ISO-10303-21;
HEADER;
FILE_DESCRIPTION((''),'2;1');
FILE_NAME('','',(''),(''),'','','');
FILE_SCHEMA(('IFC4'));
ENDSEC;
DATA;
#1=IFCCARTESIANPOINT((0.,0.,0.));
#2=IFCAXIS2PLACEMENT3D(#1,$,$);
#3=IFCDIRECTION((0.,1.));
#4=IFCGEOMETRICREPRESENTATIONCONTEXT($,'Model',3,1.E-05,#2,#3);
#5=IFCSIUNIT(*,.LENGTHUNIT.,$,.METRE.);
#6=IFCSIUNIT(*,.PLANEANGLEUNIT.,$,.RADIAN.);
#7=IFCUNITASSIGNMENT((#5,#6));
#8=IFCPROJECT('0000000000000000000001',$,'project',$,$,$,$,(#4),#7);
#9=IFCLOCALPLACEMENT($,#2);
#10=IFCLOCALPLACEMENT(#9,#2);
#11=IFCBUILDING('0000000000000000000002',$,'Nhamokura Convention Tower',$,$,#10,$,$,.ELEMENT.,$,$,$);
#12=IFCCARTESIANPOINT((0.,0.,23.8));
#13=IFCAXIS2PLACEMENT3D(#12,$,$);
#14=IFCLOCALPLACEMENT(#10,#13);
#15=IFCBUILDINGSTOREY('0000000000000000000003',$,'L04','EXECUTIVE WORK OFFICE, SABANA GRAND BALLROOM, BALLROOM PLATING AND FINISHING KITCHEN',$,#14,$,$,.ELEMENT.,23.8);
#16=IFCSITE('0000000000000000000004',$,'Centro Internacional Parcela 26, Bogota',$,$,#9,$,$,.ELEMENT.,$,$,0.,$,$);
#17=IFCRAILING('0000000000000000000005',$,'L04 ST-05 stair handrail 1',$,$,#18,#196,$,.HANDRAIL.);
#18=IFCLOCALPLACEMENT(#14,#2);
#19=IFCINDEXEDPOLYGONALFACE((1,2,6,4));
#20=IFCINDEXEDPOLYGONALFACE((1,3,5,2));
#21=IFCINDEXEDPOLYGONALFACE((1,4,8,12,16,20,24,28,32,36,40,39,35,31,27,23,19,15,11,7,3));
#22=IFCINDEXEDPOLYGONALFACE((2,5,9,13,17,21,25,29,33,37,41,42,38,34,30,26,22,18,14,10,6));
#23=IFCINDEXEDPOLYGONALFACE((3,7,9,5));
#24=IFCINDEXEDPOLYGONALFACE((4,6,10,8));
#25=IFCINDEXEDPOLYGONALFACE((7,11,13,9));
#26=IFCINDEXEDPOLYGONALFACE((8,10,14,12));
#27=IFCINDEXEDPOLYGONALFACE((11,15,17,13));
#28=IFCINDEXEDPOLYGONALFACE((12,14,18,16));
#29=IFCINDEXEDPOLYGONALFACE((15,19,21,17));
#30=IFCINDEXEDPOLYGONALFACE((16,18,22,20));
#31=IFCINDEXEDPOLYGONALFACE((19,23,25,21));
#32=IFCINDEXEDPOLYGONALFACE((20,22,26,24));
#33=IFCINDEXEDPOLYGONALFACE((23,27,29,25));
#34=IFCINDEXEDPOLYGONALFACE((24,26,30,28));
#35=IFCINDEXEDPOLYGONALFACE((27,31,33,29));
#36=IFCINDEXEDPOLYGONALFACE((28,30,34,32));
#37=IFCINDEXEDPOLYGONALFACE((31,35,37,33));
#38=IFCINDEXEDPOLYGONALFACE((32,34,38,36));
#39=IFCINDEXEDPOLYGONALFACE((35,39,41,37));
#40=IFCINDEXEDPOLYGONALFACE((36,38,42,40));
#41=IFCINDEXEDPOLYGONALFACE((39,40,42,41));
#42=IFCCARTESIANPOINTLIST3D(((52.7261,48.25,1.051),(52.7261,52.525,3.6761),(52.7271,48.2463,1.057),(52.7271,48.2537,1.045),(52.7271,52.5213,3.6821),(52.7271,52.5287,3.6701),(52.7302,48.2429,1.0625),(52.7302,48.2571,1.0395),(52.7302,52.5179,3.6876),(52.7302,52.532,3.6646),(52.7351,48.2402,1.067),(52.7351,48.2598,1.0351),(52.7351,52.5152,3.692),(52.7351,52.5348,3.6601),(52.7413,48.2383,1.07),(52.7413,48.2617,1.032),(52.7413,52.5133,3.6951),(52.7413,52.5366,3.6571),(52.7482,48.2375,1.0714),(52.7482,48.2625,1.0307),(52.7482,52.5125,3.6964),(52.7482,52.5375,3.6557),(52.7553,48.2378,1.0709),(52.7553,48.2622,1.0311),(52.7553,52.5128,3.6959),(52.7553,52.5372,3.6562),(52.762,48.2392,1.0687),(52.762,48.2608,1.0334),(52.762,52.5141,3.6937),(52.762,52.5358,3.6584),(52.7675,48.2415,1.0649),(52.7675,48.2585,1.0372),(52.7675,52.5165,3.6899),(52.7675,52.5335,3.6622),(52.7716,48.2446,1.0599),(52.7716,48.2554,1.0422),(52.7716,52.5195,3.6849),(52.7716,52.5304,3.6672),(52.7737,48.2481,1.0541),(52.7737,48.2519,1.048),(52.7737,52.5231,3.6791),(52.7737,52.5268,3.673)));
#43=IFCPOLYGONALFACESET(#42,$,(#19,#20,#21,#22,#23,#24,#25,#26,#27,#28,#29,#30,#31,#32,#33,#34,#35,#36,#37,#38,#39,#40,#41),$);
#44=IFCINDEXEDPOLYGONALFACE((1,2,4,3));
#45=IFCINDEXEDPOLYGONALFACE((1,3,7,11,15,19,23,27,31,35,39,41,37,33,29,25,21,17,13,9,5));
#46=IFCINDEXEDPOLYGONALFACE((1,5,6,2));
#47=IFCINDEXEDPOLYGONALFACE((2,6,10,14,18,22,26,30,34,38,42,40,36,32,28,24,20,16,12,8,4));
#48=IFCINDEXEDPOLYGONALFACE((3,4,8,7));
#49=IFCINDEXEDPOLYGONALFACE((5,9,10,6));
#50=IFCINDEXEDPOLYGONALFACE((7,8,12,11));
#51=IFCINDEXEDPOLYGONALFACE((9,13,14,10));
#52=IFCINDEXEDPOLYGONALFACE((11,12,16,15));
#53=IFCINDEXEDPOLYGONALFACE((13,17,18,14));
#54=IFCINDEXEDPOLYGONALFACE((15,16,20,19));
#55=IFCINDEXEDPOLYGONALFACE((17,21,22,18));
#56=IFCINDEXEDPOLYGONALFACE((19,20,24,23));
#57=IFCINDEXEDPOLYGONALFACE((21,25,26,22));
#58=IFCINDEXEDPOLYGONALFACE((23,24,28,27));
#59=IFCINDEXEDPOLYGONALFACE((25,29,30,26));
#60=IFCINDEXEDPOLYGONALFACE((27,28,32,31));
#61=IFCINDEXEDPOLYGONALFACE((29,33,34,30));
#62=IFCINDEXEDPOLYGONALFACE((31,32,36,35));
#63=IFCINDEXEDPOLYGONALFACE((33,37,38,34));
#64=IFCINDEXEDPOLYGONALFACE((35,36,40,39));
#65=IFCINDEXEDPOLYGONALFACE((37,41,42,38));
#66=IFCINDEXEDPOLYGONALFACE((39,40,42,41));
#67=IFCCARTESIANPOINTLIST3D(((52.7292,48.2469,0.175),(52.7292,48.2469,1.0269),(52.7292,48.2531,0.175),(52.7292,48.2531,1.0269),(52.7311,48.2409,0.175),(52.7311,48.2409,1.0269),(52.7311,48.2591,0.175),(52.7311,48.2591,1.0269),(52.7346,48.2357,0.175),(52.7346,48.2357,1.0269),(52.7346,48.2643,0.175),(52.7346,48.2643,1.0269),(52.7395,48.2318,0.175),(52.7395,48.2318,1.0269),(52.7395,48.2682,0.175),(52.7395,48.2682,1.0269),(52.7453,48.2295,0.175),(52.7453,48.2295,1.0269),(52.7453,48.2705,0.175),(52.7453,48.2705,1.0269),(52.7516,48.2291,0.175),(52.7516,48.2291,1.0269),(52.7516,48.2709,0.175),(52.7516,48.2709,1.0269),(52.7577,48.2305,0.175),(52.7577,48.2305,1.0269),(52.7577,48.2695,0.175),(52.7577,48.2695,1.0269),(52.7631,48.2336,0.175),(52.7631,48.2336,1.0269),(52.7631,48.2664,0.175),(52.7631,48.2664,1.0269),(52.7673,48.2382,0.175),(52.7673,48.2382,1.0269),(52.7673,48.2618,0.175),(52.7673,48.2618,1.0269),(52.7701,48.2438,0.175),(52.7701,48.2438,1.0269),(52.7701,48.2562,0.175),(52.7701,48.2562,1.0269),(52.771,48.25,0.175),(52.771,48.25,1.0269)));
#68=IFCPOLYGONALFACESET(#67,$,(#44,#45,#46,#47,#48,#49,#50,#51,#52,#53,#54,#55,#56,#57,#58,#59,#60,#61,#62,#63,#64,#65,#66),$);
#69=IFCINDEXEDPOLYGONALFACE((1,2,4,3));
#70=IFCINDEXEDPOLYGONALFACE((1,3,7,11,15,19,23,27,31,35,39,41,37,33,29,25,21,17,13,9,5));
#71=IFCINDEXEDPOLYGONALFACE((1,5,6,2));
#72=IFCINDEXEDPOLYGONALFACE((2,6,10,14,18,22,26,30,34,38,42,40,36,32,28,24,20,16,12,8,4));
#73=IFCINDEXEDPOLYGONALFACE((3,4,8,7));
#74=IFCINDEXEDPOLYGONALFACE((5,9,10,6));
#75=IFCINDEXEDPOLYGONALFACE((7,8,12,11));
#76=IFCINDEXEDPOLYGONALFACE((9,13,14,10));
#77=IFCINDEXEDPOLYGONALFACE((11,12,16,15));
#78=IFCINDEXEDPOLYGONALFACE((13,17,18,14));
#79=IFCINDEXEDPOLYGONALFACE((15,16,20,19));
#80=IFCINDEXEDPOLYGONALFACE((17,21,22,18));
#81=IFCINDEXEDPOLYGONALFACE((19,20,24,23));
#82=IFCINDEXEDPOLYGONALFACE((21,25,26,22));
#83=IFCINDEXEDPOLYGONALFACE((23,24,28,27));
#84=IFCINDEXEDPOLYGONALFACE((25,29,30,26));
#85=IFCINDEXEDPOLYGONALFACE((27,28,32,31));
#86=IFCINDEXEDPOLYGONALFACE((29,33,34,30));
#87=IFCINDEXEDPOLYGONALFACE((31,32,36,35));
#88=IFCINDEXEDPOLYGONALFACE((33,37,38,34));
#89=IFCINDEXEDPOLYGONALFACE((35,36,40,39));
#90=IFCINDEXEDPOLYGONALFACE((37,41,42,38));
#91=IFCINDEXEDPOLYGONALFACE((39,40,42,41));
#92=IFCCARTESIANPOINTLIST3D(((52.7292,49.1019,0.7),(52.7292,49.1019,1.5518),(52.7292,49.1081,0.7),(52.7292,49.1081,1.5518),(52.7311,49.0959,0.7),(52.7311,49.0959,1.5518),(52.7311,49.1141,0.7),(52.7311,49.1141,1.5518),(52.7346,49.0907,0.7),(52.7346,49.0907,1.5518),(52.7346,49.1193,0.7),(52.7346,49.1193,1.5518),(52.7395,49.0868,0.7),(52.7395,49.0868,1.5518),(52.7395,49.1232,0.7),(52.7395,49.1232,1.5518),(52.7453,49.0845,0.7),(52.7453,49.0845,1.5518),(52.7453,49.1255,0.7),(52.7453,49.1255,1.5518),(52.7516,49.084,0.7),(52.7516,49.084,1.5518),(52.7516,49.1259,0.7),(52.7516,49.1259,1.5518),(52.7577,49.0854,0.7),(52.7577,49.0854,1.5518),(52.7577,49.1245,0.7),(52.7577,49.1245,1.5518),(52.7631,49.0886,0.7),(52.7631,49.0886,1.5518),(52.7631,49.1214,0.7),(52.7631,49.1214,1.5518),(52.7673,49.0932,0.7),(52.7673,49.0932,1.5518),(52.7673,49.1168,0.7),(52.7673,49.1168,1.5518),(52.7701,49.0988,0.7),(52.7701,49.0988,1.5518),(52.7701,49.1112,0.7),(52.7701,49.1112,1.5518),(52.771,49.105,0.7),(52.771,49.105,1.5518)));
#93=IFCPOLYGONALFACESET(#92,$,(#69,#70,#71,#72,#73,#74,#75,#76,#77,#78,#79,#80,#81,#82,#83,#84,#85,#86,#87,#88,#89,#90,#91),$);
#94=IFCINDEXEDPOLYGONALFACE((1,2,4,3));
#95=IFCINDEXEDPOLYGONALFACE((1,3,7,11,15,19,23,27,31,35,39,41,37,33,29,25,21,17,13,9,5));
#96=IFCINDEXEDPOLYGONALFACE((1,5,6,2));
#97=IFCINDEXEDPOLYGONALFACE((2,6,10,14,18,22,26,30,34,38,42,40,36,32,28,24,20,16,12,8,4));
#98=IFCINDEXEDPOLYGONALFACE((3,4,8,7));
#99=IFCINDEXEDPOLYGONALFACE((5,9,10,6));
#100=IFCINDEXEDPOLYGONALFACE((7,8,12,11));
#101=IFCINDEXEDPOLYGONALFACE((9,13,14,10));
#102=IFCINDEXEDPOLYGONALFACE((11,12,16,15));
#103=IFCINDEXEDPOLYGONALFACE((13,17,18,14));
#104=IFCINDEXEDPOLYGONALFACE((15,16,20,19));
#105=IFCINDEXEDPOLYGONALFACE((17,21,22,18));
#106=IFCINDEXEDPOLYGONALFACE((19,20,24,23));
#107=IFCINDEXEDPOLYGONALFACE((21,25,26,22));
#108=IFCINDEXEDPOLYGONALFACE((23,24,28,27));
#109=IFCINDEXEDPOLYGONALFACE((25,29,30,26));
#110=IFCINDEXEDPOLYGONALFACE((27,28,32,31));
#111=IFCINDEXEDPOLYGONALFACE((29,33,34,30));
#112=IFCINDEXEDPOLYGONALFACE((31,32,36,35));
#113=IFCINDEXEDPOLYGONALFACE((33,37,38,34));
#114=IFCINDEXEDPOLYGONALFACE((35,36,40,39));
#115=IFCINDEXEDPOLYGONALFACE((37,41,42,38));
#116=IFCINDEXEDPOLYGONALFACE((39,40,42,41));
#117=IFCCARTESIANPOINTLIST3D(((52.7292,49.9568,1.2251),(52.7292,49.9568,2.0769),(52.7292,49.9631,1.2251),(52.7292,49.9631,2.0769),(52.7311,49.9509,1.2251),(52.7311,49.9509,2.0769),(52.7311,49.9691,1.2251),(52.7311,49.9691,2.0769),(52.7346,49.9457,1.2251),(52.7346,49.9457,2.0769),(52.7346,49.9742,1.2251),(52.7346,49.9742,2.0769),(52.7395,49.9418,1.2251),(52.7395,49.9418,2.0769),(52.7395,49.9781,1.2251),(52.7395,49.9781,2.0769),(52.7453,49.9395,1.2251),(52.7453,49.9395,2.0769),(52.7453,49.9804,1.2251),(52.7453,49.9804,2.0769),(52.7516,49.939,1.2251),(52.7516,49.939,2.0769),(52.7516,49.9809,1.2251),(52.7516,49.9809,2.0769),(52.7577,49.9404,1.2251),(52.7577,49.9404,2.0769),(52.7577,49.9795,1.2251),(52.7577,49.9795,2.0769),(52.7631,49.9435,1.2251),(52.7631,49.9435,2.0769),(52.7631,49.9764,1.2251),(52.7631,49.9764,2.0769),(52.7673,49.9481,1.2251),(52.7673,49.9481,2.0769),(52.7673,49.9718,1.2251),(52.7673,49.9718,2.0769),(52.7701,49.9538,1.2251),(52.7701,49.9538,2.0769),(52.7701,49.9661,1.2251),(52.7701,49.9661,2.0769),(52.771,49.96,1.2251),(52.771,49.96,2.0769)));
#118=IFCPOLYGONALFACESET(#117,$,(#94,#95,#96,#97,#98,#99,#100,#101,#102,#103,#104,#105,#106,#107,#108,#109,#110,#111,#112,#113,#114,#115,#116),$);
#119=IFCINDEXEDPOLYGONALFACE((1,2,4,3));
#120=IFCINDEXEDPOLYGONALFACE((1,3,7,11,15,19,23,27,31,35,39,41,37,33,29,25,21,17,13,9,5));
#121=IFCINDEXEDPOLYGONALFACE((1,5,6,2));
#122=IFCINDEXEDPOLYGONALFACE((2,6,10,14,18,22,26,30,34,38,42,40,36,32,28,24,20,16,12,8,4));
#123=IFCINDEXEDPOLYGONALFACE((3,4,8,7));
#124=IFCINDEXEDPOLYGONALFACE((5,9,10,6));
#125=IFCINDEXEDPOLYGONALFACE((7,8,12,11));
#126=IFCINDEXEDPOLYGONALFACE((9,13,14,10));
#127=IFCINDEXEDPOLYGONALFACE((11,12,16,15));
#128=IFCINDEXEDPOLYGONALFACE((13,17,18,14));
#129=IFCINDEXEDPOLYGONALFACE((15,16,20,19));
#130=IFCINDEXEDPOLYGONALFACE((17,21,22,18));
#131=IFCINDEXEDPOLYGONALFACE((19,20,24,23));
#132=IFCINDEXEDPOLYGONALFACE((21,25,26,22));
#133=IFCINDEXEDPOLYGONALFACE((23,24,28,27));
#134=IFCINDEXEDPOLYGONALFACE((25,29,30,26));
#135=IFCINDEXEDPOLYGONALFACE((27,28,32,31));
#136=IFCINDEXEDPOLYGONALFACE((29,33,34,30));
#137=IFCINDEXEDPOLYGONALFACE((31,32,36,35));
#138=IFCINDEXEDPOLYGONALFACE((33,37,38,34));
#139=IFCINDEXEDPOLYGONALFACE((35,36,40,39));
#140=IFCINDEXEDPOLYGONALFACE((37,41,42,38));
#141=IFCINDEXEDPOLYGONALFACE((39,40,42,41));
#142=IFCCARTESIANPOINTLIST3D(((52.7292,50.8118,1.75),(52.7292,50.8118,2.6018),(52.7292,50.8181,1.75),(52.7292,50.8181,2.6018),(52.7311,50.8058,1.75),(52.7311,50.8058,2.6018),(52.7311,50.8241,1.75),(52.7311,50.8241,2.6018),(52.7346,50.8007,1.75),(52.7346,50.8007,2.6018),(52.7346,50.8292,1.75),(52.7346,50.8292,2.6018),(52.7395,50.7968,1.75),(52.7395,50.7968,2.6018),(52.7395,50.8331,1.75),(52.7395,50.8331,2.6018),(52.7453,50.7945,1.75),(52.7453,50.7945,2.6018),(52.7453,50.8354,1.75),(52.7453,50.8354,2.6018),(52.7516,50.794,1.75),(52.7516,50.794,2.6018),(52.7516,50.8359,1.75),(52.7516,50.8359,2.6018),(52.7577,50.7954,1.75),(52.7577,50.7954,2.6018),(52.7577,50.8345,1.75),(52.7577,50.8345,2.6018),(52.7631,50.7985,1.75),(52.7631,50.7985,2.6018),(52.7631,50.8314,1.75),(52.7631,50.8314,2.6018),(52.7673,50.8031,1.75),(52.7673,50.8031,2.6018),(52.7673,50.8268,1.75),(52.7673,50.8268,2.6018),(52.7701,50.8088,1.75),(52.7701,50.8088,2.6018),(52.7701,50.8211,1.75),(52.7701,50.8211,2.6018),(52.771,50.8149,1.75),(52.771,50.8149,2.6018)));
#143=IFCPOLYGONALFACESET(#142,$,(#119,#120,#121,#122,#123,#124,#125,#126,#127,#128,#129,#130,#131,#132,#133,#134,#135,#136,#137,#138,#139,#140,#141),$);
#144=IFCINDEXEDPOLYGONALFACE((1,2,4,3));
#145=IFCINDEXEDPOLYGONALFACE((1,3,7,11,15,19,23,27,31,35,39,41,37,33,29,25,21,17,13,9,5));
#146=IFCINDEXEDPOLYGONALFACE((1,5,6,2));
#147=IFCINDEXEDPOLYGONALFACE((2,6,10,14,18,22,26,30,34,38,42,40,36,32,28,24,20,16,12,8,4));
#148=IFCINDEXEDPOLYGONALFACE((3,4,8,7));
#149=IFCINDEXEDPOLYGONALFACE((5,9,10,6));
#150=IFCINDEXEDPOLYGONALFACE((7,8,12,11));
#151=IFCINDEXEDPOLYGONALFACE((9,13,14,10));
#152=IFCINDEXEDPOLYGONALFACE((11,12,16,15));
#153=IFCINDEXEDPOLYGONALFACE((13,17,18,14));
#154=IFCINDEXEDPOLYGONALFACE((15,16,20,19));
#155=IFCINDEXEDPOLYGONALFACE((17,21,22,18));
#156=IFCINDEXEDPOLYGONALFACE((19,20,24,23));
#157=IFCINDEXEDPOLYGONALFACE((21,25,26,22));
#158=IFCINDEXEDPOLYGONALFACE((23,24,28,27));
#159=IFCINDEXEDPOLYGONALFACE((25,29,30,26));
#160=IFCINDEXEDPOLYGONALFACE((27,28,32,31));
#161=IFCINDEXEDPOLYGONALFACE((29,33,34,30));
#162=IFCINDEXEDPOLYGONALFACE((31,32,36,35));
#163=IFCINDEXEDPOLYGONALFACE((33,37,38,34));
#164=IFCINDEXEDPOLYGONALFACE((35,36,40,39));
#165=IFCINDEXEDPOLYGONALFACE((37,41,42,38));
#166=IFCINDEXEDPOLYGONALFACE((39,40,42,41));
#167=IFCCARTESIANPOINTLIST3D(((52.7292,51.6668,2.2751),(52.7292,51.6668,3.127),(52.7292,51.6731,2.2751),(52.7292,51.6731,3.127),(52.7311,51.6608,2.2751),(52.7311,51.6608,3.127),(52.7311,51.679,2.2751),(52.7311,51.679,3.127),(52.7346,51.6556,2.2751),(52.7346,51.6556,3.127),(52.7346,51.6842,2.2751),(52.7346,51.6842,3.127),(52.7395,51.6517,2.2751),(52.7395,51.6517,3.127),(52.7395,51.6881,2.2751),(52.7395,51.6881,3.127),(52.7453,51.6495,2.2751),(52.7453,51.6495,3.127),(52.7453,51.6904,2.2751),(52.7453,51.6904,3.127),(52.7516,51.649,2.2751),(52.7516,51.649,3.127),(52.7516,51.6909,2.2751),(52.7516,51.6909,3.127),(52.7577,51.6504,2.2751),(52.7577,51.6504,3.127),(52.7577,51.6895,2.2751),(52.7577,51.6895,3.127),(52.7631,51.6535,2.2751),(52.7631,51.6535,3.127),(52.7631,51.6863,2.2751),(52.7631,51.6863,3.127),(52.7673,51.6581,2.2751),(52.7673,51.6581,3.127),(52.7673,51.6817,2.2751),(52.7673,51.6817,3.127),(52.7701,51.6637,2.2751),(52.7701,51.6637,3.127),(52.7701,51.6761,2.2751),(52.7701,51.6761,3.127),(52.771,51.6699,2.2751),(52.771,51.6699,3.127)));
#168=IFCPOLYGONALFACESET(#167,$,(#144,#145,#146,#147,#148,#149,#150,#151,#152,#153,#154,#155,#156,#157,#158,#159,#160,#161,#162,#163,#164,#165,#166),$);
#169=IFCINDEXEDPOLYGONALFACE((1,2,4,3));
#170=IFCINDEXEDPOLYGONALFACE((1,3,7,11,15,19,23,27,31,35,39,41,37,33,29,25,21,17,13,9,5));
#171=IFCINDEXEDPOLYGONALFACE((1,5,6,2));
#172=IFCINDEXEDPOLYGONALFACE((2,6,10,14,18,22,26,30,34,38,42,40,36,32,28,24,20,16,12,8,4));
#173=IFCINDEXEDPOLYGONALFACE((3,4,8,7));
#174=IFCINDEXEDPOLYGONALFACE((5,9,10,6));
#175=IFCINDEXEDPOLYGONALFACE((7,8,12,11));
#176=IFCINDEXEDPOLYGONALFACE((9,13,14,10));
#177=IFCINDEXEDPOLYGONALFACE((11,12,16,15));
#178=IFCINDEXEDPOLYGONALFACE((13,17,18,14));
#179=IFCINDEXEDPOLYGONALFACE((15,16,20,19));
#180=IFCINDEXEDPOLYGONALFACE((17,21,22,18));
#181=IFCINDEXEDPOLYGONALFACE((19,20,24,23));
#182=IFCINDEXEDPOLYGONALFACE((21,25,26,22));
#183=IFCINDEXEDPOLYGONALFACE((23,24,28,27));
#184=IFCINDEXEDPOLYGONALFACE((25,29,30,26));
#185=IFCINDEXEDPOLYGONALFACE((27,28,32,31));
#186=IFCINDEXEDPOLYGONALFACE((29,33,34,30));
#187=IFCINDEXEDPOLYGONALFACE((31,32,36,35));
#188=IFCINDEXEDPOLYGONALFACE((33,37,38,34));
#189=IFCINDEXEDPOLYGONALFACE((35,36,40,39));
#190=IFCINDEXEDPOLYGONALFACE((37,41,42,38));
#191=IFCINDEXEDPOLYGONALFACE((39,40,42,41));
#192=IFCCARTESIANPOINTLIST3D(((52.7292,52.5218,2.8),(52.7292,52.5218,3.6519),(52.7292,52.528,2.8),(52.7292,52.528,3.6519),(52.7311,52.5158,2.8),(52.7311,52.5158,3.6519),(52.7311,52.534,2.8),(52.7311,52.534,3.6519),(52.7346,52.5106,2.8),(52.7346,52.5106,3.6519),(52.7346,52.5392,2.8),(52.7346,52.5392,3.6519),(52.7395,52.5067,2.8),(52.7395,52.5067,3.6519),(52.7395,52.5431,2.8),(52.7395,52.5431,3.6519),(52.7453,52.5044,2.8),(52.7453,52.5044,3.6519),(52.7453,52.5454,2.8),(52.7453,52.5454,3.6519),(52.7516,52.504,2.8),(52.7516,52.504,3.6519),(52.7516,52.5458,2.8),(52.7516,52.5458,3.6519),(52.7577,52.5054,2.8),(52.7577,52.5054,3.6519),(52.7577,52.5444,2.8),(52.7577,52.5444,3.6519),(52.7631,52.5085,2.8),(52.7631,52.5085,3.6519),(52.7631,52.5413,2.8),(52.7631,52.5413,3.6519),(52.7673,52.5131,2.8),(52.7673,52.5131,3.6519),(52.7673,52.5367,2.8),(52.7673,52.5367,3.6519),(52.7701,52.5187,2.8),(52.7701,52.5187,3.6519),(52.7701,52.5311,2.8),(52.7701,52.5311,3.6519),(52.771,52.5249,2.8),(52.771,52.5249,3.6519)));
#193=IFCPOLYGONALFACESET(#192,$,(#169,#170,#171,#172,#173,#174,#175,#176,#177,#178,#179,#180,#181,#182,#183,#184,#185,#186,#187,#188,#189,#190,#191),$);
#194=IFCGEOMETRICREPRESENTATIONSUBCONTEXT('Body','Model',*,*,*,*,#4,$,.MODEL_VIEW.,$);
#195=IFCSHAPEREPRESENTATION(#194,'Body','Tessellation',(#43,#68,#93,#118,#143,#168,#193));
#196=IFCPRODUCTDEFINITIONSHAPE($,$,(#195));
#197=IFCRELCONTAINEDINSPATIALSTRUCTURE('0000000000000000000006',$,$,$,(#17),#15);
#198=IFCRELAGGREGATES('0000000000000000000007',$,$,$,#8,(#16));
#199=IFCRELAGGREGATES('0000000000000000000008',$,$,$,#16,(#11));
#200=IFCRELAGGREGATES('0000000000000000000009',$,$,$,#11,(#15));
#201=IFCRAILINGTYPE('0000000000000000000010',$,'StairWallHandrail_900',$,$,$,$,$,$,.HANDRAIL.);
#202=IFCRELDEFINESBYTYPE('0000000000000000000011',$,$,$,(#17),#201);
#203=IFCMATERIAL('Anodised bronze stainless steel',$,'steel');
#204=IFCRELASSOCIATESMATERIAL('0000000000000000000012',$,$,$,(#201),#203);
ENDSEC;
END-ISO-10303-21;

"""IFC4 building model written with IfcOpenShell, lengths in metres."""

from ifc_helpers import new_model, si_unit, direction, frame, origin, origin_2d, place, context, subcontext, project, spatial, circle, extrude, material, type_object, element, save


model = new_model("IFC4")

# Units and contexts
model_context = context("Model", 3, precision=1e-05, world=origin(), true_north=direction((0.0, 1.0)))
body_context = subcontext(model_context, "Body", "Model", "MODEL_VIEW")
ifc_project = project(units=[si_unit("LENGTHUNIT", "METRE"), si_unit("PLANEANGLEUNIT", "RADIAN")], contexts=[model_context])

# Site, building, storey
site_placement = place(None, origin())
site = spatial("IfcSite", under=ifc_project, at=site_placement, Name="Centro Internacional Parcela 26, Bogota", CompositionType="ELEMENT", RefElevation=0.0)
building_placement = place(site_placement, origin())
building = spatial("IfcBuilding", under=site, at=building_placement, Name="Nhamokura Convention Tower", CompositionType="ELEMENT")
storey_placement = place(building_placement, frame((0.0, 0.0, 23.8)))
storey = spatial("IfcBuildingStorey", under=building, at=storey_placement, Name="L04", Description="EXECUTIVE WORK OFFICE, SABANA GRAND BALLROOM, BALLROOM PLATING AND FINISHING KITCHEN", CompositionType="ELEMENT", Elevation=23.8)

# Railing
ifc_material_1 = material(Name="Anodised bronze stainless steel", Category="steel")
railing_type_1 = type_object("IfcRailingType", Name="StairWallHandrail_900", PredefinedType="HANDRAIL", material=ifc_material_1)
railing_1_placement = place(storey_placement, frame((52.75, 48.25, 0.175)))
element("IfcRailing", 1, at=railing_1_placement, inside=storey, type_object=railing_type_1, Name="L04 ST-05 stair handrail 1", PredefinedType="HANDRAIL", context=body_context, shape_type="SweptSolid", body=[
    extrude(circle(Radius=0.0239, at=origin_2d()), frame((0.0, 0.0, 0.876), z_axis=(0.0, 0.852166, 0.523272), x_axis=(-1.0, 0.0, 0.0)), (0.0, 0.0, 1.0), 5.0166),
    extrude(circle(Radius=0.021, at=origin_2d()), origin(), (0.0, 0.0, 1.0), 0.8518),
    extrude(circle(Radius=0.021, at=origin_2d()), frame((0.0, 0.855, 0.5249)), (0.0, 0.0, 1.0), 0.8518),
    extrude(circle(Radius=0.021, at=origin_2d()), frame((0.0, 1.71, 1.05)), (0.0, 0.0, 1.0), 0.8518),
    extrude(circle(Radius=0.021, at=origin_2d()), frame((0.0, 2.5649, 1.575)), (0.0, 0.0, 1.0), 0.8518),
    extrude(circle(Radius=0.021, at=origin_2d()), frame((0.0, 3.4199, 2.1001)), (0.0, 0.0, 1.0), 0.8518),
    extrude(circle(Radius=0.021, at=origin_2d()), frame((0.0, 4.2749, 2.625)), (0.0, 0.0, 1.0), 0.8518),
])

save(model, "model.ifc")
